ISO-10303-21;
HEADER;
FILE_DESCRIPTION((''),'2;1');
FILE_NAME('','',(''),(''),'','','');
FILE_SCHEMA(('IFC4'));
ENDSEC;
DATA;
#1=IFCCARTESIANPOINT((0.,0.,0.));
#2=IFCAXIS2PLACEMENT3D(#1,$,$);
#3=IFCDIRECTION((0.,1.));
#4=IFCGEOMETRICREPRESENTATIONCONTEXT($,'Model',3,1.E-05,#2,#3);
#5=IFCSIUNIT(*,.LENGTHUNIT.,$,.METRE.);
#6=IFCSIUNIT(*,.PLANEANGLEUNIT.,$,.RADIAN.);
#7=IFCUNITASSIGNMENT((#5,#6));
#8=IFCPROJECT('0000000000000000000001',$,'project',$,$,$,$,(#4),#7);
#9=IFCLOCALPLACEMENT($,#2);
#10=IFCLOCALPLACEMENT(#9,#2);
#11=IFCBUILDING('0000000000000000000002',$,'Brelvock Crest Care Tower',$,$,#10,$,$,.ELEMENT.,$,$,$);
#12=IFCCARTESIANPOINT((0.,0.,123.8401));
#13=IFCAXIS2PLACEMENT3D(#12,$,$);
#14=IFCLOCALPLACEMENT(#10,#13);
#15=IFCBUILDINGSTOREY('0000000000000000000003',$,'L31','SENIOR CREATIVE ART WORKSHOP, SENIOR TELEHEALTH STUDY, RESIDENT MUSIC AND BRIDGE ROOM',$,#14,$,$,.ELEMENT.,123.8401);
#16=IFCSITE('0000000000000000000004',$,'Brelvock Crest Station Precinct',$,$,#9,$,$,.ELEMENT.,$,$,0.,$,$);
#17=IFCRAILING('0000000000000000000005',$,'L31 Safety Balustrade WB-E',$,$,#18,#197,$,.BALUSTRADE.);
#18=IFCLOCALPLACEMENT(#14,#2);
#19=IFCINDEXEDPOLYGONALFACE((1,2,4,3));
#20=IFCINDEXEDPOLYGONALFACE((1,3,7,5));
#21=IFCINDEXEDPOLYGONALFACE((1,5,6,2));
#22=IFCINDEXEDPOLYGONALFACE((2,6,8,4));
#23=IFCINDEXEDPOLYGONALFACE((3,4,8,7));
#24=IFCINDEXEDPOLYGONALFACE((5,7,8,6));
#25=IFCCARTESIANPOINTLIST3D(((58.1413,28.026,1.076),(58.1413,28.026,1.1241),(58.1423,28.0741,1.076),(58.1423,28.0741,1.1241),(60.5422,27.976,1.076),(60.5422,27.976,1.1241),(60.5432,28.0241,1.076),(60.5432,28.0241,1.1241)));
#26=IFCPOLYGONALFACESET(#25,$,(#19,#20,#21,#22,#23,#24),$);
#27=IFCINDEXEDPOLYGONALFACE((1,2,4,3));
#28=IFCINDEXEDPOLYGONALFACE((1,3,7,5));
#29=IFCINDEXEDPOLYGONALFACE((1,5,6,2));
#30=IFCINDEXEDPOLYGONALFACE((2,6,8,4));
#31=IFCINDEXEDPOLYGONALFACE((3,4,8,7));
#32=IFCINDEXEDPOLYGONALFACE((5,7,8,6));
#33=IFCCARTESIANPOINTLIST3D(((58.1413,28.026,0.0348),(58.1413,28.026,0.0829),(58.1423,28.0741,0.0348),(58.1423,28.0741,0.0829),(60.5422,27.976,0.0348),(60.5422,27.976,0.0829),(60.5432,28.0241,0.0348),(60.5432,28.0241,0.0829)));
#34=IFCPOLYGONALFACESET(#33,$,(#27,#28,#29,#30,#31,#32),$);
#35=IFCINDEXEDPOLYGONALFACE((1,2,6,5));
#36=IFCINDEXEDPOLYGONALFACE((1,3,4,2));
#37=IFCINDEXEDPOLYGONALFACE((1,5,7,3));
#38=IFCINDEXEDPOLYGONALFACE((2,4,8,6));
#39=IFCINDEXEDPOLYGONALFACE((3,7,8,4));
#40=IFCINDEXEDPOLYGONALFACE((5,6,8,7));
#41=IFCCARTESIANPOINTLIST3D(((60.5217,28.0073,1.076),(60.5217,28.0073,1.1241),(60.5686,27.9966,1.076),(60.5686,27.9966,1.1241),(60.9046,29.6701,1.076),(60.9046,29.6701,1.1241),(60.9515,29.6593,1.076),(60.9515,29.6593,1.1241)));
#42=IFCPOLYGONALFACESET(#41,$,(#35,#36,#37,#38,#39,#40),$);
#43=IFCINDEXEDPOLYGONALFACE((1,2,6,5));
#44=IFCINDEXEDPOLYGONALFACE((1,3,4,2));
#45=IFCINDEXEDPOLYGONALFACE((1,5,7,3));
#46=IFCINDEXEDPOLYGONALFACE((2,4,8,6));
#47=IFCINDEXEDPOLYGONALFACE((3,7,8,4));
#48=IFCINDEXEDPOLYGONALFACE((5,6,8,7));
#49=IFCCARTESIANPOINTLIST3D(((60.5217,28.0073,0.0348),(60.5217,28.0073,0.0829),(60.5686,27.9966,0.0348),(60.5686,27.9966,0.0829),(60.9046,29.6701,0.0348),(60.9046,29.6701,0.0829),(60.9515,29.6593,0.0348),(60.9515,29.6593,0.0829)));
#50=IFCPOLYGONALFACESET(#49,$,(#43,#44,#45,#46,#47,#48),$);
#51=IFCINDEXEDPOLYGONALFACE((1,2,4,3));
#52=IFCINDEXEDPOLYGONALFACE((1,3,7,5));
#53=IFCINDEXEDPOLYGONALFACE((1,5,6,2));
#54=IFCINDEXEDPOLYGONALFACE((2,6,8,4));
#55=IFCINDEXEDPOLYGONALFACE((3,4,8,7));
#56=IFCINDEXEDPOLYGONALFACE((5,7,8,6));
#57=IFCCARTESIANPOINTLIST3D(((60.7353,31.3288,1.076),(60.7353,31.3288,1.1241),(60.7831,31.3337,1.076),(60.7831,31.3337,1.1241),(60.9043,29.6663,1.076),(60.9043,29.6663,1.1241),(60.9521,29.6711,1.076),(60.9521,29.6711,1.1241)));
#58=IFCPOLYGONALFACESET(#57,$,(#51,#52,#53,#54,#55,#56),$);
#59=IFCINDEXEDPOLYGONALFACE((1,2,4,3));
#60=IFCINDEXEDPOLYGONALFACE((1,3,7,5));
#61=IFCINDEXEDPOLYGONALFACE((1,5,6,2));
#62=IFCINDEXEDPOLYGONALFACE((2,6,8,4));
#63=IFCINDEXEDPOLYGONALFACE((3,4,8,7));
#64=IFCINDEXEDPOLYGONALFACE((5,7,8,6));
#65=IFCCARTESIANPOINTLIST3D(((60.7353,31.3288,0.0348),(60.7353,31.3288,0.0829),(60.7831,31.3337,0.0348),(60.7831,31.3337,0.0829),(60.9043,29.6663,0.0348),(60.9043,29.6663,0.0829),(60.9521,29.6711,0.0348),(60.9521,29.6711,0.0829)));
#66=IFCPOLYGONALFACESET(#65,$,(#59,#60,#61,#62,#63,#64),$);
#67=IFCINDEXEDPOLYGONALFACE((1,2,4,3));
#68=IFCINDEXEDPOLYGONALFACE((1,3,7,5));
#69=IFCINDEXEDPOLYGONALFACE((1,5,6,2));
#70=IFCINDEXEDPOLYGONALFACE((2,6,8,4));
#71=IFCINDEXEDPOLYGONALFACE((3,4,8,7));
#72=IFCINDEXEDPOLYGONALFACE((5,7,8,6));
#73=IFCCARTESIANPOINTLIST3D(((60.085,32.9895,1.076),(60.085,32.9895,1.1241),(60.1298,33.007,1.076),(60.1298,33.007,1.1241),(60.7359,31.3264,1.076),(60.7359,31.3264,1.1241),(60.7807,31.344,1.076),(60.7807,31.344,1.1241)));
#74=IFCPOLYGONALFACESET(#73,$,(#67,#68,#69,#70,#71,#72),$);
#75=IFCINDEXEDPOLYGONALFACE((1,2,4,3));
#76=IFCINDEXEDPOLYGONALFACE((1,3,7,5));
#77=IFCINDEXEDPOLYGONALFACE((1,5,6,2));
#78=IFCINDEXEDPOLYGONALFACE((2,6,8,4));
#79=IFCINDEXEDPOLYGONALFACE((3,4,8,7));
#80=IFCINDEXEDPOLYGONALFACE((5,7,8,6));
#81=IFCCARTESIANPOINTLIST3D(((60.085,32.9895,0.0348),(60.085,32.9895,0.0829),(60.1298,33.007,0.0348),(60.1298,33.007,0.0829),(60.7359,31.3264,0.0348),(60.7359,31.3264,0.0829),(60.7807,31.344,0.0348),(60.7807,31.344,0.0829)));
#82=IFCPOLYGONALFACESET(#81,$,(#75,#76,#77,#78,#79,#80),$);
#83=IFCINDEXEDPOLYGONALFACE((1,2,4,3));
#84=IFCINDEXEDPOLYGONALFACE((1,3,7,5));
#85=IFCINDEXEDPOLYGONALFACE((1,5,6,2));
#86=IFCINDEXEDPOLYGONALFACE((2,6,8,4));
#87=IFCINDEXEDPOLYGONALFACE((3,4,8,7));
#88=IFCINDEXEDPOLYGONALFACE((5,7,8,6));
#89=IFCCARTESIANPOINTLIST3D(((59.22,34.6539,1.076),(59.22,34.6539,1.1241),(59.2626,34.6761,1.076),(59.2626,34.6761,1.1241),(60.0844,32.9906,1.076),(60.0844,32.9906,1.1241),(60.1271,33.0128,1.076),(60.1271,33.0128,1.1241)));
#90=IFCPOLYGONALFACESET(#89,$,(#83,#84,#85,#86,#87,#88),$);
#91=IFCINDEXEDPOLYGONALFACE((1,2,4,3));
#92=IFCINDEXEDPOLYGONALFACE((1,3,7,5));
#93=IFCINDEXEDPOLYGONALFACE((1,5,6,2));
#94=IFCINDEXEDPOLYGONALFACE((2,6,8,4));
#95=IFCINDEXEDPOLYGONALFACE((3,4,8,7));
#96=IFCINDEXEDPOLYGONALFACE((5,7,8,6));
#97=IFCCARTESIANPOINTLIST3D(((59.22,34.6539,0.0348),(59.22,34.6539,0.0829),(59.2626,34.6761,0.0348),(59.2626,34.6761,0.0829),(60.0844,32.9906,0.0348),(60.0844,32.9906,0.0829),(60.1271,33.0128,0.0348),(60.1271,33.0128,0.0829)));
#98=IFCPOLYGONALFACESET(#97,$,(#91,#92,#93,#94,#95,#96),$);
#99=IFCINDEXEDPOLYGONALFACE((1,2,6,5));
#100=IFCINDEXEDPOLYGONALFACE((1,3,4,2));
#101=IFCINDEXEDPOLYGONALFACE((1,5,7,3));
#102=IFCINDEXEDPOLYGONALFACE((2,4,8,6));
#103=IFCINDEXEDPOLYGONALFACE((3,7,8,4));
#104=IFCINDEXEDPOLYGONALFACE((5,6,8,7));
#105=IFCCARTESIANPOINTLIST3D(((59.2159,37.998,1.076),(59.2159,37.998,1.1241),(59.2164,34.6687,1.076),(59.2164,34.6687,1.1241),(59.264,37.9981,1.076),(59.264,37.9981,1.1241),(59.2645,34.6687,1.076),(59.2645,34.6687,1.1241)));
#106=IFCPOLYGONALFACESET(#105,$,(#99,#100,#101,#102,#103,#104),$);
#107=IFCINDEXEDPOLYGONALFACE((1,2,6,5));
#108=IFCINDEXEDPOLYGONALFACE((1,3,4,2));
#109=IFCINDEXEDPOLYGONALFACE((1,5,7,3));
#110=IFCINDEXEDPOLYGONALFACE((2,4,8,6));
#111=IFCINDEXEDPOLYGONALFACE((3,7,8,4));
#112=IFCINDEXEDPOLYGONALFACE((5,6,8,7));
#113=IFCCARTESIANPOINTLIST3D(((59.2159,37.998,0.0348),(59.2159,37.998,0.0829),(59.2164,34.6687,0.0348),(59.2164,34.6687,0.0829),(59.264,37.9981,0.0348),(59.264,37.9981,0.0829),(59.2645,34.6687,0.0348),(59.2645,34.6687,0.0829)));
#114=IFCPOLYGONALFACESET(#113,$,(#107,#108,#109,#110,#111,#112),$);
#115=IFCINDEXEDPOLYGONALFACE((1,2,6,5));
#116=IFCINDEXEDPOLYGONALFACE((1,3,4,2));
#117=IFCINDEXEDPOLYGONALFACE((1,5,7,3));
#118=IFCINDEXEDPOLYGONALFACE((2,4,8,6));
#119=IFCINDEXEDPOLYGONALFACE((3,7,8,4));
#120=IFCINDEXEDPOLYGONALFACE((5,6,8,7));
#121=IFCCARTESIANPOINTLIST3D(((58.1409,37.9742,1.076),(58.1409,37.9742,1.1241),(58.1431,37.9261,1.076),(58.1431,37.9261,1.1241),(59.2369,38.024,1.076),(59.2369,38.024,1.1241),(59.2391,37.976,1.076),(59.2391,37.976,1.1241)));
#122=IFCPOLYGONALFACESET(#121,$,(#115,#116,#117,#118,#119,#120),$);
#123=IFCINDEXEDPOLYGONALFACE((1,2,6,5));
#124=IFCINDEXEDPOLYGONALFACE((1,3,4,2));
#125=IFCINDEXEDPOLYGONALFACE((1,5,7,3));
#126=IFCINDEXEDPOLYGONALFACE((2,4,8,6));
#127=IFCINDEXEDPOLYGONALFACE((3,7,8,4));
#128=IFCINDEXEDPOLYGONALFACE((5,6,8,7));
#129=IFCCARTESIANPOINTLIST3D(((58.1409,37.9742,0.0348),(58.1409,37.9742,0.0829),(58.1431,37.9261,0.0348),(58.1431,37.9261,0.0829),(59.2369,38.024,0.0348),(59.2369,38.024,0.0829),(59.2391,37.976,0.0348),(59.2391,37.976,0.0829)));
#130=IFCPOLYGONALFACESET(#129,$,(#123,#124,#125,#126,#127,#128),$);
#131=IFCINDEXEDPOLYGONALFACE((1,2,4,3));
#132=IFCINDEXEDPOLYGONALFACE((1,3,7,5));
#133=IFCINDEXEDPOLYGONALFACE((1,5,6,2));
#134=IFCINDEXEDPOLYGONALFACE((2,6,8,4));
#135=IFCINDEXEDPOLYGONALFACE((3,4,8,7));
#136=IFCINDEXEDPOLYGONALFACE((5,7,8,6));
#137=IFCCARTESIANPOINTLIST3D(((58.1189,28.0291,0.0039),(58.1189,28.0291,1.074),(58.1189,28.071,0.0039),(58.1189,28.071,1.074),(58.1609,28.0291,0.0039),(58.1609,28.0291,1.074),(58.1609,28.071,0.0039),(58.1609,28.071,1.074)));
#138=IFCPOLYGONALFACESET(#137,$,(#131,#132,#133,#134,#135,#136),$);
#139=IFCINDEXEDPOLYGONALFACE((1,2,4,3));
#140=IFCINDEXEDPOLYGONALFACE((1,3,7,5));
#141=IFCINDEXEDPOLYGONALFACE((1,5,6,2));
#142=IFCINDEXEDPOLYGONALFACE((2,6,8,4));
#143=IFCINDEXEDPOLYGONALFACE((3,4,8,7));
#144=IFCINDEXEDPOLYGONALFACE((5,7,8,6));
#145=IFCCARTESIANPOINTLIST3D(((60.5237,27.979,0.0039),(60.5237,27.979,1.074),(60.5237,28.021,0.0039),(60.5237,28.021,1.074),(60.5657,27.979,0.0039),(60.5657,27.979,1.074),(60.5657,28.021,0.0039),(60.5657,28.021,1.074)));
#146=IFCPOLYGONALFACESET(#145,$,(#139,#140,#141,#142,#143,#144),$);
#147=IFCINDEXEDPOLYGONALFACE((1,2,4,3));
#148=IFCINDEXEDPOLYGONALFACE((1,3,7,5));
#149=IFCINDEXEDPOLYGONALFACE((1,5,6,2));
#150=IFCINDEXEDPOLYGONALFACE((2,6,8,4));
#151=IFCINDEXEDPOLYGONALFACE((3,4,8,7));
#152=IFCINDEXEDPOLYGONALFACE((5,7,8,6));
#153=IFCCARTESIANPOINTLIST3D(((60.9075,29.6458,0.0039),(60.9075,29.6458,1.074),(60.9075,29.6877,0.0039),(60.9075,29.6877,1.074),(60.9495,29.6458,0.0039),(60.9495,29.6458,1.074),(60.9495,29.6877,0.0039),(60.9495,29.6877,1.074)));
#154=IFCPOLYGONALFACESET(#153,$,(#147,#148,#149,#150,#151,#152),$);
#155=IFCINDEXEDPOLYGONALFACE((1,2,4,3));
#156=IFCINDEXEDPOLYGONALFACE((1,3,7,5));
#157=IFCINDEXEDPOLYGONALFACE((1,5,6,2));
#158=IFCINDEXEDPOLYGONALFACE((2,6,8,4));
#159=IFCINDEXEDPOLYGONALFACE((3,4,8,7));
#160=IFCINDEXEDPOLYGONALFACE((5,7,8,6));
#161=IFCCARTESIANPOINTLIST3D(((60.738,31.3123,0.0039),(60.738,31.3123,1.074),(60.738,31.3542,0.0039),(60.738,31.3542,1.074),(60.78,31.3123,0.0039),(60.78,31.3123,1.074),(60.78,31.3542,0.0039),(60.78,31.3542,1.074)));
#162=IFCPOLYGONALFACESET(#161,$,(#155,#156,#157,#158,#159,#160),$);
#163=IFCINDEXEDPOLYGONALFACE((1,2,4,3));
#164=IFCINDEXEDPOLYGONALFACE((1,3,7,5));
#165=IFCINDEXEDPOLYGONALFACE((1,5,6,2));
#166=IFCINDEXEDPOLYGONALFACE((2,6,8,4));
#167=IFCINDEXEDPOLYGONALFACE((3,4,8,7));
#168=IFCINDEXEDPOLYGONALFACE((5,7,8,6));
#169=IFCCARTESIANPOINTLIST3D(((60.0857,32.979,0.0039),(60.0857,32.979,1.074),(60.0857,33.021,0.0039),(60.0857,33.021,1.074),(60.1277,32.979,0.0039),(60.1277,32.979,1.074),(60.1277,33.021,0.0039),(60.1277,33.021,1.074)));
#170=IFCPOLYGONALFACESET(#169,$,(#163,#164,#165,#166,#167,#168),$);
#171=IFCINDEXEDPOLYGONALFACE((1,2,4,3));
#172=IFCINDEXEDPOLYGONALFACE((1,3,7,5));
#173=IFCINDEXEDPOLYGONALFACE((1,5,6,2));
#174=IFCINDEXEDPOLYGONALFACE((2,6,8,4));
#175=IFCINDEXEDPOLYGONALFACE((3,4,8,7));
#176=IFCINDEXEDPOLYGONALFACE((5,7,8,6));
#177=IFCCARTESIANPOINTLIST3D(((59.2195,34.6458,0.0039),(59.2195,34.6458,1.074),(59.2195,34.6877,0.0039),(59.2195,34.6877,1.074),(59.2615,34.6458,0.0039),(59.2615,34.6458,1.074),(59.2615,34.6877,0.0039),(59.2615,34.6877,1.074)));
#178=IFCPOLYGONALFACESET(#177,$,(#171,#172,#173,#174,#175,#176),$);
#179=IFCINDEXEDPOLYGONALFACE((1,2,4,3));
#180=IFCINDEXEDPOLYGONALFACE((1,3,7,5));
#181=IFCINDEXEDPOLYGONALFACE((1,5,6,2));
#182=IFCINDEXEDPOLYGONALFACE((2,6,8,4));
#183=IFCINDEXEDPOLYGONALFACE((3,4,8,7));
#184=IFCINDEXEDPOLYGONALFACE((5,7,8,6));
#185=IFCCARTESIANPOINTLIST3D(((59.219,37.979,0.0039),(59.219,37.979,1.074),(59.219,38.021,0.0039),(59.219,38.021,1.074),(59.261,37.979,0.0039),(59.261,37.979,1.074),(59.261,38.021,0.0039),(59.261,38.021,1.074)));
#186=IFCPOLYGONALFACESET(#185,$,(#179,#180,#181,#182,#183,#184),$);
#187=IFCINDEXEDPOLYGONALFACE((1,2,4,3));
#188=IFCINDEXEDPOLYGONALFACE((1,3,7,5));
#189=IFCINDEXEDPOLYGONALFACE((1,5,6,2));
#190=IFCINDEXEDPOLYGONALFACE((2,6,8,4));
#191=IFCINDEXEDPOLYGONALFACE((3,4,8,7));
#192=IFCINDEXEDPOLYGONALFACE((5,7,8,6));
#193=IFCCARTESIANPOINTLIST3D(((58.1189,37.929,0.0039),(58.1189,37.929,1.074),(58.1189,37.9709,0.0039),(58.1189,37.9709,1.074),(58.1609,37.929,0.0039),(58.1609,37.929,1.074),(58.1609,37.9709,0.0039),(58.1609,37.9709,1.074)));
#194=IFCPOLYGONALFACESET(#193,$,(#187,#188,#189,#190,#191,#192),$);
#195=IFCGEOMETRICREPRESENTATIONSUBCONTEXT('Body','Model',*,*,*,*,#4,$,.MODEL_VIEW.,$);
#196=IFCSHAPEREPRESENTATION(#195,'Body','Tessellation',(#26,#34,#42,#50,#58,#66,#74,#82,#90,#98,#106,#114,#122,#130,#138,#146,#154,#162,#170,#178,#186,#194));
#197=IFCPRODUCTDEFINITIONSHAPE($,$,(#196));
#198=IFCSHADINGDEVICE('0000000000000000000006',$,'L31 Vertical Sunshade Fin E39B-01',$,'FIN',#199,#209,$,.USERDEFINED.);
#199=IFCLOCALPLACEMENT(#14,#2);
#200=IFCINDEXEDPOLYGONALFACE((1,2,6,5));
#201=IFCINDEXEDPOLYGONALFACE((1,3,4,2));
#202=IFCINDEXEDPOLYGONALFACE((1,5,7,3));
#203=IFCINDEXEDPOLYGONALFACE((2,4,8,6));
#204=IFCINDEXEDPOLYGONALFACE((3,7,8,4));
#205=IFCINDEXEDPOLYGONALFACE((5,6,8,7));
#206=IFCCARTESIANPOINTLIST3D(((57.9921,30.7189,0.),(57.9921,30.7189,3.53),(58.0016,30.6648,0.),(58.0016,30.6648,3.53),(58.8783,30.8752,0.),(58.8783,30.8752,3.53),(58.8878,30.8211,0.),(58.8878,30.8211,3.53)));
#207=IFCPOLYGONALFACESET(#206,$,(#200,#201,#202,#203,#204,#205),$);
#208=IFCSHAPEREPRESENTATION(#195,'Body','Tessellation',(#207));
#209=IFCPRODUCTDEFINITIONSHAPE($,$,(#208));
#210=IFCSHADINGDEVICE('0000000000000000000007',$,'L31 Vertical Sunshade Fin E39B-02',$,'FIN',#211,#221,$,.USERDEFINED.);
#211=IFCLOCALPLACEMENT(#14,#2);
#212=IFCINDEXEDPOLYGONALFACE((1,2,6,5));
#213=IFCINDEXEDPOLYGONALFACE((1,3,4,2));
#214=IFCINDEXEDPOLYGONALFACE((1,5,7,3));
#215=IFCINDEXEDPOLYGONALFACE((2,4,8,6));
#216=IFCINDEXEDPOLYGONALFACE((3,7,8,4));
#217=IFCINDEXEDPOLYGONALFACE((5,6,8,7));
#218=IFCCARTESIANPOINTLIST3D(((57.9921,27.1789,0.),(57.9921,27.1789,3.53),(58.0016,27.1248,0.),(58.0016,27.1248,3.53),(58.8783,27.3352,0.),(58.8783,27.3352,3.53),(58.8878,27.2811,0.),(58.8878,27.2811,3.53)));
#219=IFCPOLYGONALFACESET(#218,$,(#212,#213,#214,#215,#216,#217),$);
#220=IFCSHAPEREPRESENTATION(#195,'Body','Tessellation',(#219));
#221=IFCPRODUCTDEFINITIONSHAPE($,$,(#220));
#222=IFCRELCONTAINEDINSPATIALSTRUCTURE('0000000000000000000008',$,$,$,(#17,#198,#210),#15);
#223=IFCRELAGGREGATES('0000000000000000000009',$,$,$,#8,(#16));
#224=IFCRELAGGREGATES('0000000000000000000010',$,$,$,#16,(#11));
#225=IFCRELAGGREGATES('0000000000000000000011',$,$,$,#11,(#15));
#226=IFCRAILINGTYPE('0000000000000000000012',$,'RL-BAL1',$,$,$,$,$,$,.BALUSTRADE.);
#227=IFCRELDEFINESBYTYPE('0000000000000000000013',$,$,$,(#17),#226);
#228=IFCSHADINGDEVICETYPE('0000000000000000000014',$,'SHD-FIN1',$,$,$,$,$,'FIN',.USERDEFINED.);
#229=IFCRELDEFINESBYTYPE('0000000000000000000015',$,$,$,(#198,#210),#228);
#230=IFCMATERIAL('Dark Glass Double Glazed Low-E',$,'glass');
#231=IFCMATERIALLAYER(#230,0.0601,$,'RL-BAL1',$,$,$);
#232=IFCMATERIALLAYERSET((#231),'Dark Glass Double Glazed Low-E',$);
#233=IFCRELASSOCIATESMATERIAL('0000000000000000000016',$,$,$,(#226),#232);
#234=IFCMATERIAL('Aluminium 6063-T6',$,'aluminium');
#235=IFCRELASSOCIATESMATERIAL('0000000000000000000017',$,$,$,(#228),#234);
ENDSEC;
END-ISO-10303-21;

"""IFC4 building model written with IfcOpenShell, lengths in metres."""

from ifc_helpers import new_model, si_unit, direction, frame, origin, origin_2d, place, context, subcontext, project, spatial, rectangle, extrude, source, transform, mapped, material, layer, layer_set, material_profile, profile_set, type_object, element, save


model = new_model("IFC4")

# Units and contexts
model_context = context("Model", 3, precision=1e-05, world=origin(), true_north=direction((0.0, 1.0)))
body_context = subcontext(model_context, "Body", "Model", "MODEL_VIEW")
ifc_project = project(units=[si_unit("LENGTHUNIT", "METRE"), si_unit("PLANEANGLEUNIT", "RADIAN")], contexts=[model_context])

# Site, building, storey
site_placement = place(None, origin())
site = spatial("IfcSite", under=ifc_project, at=site_placement, Name="Brelvock Crest Station Precinct", CompositionType="ELEMENT", RefElevation=0.0)
building_placement = place(site_placement, origin())
building = spatial("IfcBuilding", under=site, at=building_placement, Name="Brelvock Crest Care Tower", CompositionType="ELEMENT")
storey_placement = place(building_placement, frame((0.0, 0.0, 123.8401)))
storey = spatial("IfcBuildingStorey", under=building, at=storey_placement, Name="L31", Description="SENIOR CREATIVE ART WORKSHOP, SENIOR TELEHEALTH STUDY, RESIDENT MUSIC AND BRIDGE ROOM", CompositionType="ELEMENT", Elevation=123.8401)

# Shared definitions
ifc_material_1 = material(Name="Dark Glass Double Glazed Low-E", Category="glass")
ifc_material_2 = material(Name="Aluminium 6063-T6", Category="aluminium")

# Railing
ifc_layer_1 = layer(ifc_material_1, 0.0601, Name="RL-BAL1")
ifc_layer_set_1 = layer_set([ifc_layer_1], Name="Dark Glass Double Glazed Low-E")
railing_type = type_object("IfcRailingType", Name="RL-BAL1", PredefinedType="BALUSTRADE", material=ifc_layer_set_1)
railing_placement = place(storey_placement, frame((58.1399, 28.05, 0.0039)))
element("IfcRailing", 1, at=railing_placement, inside=storey, type_object=railing_type, Name="L31 Safety Balustrade WB-E", PredefinedType="BALUSTRADE", context=body_context, shape_type="SweptSolid", body=[
    extrude(rectangle(XDim=0.0481, YDim=0.0481, at=origin_2d()), frame((0.002, 0.0, 1.0962), z_axis=(0.999783, -0.020808, 0.0), x_axis=(0.020808, 0.999783, 0.0)), (0.0, 0.0, 1.0), 2.4014),
    extrude(rectangle(XDim=0.0481, YDim=0.0481, at=origin_2d()), frame((0.002, 0.0, 0.0549), z_axis=(0.999783, -0.020808, 0.0), x_axis=(0.020808, 0.999783, 0.0)), (0.0, 0.0, 1.0), 2.4014),
    extrude(rectangle(XDim=0.0481, YDim=0.0481, at=origin_2d()), frame((2.4053, -0.0481, 1.0962), z_axis=(0.22439, 0.974499, 0.0), x_axis=(-0.974499, 0.22439, 0.0)), (0.0, 0.0, 1.0), 1.7063),
    extrude(rectangle(XDim=0.0481, YDim=0.0481, at=origin_2d()), frame((2.4053, -0.0481, 0.0549), z_axis=(0.22439, 0.974499, 0.0), x_axis=(-0.974499, 0.22439, 0.0)), (0.0, 0.0, 1.0), 1.7063),
    extrude(rectangle(XDim=0.0481, YDim=0.0481, at=origin_2d()), frame((2.7883, 1.6187, 1.0962), z_axis=(-0.101149, 0.994871, 0.0), x_axis=(-0.994871, -0.101149, 0.0)), (0.0, 0.0, 1.0), 1.6711),
    extrude(rectangle(XDim=0.0481, YDim=0.0481, at=origin_2d()), frame((2.7883, 1.6187, 0.0549), z_axis=(-0.101149, 0.994871, 0.0), x_axis=(-0.994871, -0.101149, 0.0)), (0.0, 0.0, 1.0), 1.6711),
    extrude(rectangle(XDim=0.0481, YDim=0.0481, at=origin_2d()), frame((2.6184, 3.2852, 1.0962), z_axis=(-0.364466, 0.931217, 0.0), x_axis=(-0.931217, -0.364466, 0.0)), (0.0, 0.0, 1.0), 1.7859),
    extrude(rectangle(XDim=0.0481, YDim=0.0481, at=origin_2d()), frame((2.6184, 3.2852, 0.0549), z_axis=(-0.364466, 0.931217, 0.0), x_axis=(-0.931217, -0.364466, 0.0)), (0.0, 0.0, 1.0), 1.7859),
    extrude(rectangle(XDim=0.0481, YDim=0.0481, at=origin_2d()), frame((1.9658, 4.9517, 1.0962), z_axis=(-0.461144, 0.887325, 0.0), x_axis=(-0.887325, -0.461144, 0.0)), (0.0, 0.0, 1.0), 1.8745),
    extrude(rectangle(XDim=0.0481, YDim=0.0481, at=origin_2d()), frame((1.9658, 4.9517, 0.0549), z_axis=(-0.461144, 0.887325, 0.0), x_axis=(-0.887325, -0.461144, 0.0)), (0.0, 0.0, 1.0), 1.8745),
    extrude(rectangle(XDim=0.0481, YDim=0.0481, at=origin_2d()), frame((1.1006, 6.6187, 1.0962), z_axis=(-0.000146, 1.0, 0.0), x_axis=(-1.0, -0.000146, 0.0)), (0.0, 0.0, 1.0), 3.3293),
    extrude(rectangle(XDim=0.0481, YDim=0.0481, at=origin_2d()), frame((1.1006, 6.6187, 0.0549), z_axis=(-0.000146, 1.0, 0.0), x_axis=(-1.0, -0.000146, 0.0)), (0.0, 0.0, 1.0), 3.3293),
    extrude(rectangle(XDim=0.0481, YDim=0.0481, at=origin_2d()), frame((1.0981, 9.95, 1.0962), z_axis=(-0.998967, -0.045448, 0.0), x_axis=(0.045448, -0.998967, 0.0)), (0.0, 0.0, 1.0), 1.0972),
    extrude(rectangle(XDim=0.0481, YDim=0.0481, at=origin_2d()), frame((1.0981, 9.95, 0.0549), z_axis=(-0.998967, -0.045448, 0.0), x_axis=(0.045448, -0.998967, 0.0)), (0.0, 0.0, 1.0), 1.0972),
    extrude(rectangle(XDim=0.042, YDim=0.042, at=origin_2d()), origin(), (0.0, 0.0, 1.0), 1.0701),
    extrude(rectangle(XDim=0.042, YDim=0.042, at=origin_2d()), frame((2.4048, -0.05, 0.0)), (0.0, 0.0, 1.0), 1.0701),
    extrude(rectangle(XDim=0.042, YDim=0.042, at=origin_2d()), frame((2.7886, 1.6167, 0.0)), (0.0, 0.0, 1.0), 1.0701),
    extrude(rectangle(XDim=0.042, YDim=0.042, at=origin_2d()), frame((2.6191, 3.2832, 0.0)), (0.0, 0.0, 1.0), 1.0701),
    extrude(rectangle(XDim=0.042, YDim=0.042, at=origin_2d()), frame((1.9668, 4.95, 0.0)), (0.0, 0.0, 1.0), 1.0701),
    extrude(rectangle(XDim=0.042, YDim=0.042, at=origin_2d()), frame((1.1006, 6.6167, 0.0)), (0.0, 0.0, 1.0), 1.0701),
    extrude(rectangle(XDim=0.042, YDim=0.042, at=origin_2d()), frame((1.1001, 9.95, 0.0)), (0.0, 0.0, 1.0), 1.0701),
    extrude(rectangle(XDim=0.042, YDim=0.042, at=origin_2d()), frame((0.0, 9.8999, 0.0)), (0.0, 0.0, 1.0), 1.0701),
])

# Shading devices
ifc_material_profile_1 = material_profile(ifc_material_2, rectangle(XDim=0.0549, YDim=0.8999, at=origin_2d()), Name="FIN55x900")
ifc_profile_set_1 = profile_set([ifc_material_profile_1], Name="Aluminium 6063-T6")
shading_device_type = type_object("IfcShadingDeviceType", Name="SHD-FIN1", ElementType="FIN", PredefinedType="USERDEFINED", material=ifc_profile_set_1)
shared_shape_1 = source(origin(), body_context, "Body", "SweptSolid", [
    extrude(rectangle(XDim=0.0549, YDim=0.8999, at=origin_2d()), origin(), (0.0, 0.0, 1.0), 3.53),
])
for number, where, z_axis, x_axis, name in (
    (2, (58.4399, 30.77, 0.0), (0.0, 0.0, 1.0), (0.173648, -0.984808, 0.0), "L31 Vertical Sunshade Fin E39B-01"),
    (3, (58.4399, 27.23, 0.0), (0.0, 0.0, 1.0), (0.173648, -0.984808, 0.0), "L31 Vertical Sunshade Fin E39B-02"),
):
    element("IfcShadingDevice", number, at=place(storey_placement, frame(where, z_axis=z_axis, x_axis=x_axis)), inside=storey, type_object=shading_device_type, Name=name, ObjectType="FIN", PredefinedType="USERDEFINED", context=body_context, shape_type="MappedRepresentation", body=[
        mapped(shared_shape_1, transform((0.0, 0.0, 0.0), x_axis=(1.0, 0.0, 0.0), y_axis=(0.0, 1.0, 0.0), z_axis=(0.0, 0.0, 1.0), scale=1.0)),
    ])

save(model, "model.ifc")
